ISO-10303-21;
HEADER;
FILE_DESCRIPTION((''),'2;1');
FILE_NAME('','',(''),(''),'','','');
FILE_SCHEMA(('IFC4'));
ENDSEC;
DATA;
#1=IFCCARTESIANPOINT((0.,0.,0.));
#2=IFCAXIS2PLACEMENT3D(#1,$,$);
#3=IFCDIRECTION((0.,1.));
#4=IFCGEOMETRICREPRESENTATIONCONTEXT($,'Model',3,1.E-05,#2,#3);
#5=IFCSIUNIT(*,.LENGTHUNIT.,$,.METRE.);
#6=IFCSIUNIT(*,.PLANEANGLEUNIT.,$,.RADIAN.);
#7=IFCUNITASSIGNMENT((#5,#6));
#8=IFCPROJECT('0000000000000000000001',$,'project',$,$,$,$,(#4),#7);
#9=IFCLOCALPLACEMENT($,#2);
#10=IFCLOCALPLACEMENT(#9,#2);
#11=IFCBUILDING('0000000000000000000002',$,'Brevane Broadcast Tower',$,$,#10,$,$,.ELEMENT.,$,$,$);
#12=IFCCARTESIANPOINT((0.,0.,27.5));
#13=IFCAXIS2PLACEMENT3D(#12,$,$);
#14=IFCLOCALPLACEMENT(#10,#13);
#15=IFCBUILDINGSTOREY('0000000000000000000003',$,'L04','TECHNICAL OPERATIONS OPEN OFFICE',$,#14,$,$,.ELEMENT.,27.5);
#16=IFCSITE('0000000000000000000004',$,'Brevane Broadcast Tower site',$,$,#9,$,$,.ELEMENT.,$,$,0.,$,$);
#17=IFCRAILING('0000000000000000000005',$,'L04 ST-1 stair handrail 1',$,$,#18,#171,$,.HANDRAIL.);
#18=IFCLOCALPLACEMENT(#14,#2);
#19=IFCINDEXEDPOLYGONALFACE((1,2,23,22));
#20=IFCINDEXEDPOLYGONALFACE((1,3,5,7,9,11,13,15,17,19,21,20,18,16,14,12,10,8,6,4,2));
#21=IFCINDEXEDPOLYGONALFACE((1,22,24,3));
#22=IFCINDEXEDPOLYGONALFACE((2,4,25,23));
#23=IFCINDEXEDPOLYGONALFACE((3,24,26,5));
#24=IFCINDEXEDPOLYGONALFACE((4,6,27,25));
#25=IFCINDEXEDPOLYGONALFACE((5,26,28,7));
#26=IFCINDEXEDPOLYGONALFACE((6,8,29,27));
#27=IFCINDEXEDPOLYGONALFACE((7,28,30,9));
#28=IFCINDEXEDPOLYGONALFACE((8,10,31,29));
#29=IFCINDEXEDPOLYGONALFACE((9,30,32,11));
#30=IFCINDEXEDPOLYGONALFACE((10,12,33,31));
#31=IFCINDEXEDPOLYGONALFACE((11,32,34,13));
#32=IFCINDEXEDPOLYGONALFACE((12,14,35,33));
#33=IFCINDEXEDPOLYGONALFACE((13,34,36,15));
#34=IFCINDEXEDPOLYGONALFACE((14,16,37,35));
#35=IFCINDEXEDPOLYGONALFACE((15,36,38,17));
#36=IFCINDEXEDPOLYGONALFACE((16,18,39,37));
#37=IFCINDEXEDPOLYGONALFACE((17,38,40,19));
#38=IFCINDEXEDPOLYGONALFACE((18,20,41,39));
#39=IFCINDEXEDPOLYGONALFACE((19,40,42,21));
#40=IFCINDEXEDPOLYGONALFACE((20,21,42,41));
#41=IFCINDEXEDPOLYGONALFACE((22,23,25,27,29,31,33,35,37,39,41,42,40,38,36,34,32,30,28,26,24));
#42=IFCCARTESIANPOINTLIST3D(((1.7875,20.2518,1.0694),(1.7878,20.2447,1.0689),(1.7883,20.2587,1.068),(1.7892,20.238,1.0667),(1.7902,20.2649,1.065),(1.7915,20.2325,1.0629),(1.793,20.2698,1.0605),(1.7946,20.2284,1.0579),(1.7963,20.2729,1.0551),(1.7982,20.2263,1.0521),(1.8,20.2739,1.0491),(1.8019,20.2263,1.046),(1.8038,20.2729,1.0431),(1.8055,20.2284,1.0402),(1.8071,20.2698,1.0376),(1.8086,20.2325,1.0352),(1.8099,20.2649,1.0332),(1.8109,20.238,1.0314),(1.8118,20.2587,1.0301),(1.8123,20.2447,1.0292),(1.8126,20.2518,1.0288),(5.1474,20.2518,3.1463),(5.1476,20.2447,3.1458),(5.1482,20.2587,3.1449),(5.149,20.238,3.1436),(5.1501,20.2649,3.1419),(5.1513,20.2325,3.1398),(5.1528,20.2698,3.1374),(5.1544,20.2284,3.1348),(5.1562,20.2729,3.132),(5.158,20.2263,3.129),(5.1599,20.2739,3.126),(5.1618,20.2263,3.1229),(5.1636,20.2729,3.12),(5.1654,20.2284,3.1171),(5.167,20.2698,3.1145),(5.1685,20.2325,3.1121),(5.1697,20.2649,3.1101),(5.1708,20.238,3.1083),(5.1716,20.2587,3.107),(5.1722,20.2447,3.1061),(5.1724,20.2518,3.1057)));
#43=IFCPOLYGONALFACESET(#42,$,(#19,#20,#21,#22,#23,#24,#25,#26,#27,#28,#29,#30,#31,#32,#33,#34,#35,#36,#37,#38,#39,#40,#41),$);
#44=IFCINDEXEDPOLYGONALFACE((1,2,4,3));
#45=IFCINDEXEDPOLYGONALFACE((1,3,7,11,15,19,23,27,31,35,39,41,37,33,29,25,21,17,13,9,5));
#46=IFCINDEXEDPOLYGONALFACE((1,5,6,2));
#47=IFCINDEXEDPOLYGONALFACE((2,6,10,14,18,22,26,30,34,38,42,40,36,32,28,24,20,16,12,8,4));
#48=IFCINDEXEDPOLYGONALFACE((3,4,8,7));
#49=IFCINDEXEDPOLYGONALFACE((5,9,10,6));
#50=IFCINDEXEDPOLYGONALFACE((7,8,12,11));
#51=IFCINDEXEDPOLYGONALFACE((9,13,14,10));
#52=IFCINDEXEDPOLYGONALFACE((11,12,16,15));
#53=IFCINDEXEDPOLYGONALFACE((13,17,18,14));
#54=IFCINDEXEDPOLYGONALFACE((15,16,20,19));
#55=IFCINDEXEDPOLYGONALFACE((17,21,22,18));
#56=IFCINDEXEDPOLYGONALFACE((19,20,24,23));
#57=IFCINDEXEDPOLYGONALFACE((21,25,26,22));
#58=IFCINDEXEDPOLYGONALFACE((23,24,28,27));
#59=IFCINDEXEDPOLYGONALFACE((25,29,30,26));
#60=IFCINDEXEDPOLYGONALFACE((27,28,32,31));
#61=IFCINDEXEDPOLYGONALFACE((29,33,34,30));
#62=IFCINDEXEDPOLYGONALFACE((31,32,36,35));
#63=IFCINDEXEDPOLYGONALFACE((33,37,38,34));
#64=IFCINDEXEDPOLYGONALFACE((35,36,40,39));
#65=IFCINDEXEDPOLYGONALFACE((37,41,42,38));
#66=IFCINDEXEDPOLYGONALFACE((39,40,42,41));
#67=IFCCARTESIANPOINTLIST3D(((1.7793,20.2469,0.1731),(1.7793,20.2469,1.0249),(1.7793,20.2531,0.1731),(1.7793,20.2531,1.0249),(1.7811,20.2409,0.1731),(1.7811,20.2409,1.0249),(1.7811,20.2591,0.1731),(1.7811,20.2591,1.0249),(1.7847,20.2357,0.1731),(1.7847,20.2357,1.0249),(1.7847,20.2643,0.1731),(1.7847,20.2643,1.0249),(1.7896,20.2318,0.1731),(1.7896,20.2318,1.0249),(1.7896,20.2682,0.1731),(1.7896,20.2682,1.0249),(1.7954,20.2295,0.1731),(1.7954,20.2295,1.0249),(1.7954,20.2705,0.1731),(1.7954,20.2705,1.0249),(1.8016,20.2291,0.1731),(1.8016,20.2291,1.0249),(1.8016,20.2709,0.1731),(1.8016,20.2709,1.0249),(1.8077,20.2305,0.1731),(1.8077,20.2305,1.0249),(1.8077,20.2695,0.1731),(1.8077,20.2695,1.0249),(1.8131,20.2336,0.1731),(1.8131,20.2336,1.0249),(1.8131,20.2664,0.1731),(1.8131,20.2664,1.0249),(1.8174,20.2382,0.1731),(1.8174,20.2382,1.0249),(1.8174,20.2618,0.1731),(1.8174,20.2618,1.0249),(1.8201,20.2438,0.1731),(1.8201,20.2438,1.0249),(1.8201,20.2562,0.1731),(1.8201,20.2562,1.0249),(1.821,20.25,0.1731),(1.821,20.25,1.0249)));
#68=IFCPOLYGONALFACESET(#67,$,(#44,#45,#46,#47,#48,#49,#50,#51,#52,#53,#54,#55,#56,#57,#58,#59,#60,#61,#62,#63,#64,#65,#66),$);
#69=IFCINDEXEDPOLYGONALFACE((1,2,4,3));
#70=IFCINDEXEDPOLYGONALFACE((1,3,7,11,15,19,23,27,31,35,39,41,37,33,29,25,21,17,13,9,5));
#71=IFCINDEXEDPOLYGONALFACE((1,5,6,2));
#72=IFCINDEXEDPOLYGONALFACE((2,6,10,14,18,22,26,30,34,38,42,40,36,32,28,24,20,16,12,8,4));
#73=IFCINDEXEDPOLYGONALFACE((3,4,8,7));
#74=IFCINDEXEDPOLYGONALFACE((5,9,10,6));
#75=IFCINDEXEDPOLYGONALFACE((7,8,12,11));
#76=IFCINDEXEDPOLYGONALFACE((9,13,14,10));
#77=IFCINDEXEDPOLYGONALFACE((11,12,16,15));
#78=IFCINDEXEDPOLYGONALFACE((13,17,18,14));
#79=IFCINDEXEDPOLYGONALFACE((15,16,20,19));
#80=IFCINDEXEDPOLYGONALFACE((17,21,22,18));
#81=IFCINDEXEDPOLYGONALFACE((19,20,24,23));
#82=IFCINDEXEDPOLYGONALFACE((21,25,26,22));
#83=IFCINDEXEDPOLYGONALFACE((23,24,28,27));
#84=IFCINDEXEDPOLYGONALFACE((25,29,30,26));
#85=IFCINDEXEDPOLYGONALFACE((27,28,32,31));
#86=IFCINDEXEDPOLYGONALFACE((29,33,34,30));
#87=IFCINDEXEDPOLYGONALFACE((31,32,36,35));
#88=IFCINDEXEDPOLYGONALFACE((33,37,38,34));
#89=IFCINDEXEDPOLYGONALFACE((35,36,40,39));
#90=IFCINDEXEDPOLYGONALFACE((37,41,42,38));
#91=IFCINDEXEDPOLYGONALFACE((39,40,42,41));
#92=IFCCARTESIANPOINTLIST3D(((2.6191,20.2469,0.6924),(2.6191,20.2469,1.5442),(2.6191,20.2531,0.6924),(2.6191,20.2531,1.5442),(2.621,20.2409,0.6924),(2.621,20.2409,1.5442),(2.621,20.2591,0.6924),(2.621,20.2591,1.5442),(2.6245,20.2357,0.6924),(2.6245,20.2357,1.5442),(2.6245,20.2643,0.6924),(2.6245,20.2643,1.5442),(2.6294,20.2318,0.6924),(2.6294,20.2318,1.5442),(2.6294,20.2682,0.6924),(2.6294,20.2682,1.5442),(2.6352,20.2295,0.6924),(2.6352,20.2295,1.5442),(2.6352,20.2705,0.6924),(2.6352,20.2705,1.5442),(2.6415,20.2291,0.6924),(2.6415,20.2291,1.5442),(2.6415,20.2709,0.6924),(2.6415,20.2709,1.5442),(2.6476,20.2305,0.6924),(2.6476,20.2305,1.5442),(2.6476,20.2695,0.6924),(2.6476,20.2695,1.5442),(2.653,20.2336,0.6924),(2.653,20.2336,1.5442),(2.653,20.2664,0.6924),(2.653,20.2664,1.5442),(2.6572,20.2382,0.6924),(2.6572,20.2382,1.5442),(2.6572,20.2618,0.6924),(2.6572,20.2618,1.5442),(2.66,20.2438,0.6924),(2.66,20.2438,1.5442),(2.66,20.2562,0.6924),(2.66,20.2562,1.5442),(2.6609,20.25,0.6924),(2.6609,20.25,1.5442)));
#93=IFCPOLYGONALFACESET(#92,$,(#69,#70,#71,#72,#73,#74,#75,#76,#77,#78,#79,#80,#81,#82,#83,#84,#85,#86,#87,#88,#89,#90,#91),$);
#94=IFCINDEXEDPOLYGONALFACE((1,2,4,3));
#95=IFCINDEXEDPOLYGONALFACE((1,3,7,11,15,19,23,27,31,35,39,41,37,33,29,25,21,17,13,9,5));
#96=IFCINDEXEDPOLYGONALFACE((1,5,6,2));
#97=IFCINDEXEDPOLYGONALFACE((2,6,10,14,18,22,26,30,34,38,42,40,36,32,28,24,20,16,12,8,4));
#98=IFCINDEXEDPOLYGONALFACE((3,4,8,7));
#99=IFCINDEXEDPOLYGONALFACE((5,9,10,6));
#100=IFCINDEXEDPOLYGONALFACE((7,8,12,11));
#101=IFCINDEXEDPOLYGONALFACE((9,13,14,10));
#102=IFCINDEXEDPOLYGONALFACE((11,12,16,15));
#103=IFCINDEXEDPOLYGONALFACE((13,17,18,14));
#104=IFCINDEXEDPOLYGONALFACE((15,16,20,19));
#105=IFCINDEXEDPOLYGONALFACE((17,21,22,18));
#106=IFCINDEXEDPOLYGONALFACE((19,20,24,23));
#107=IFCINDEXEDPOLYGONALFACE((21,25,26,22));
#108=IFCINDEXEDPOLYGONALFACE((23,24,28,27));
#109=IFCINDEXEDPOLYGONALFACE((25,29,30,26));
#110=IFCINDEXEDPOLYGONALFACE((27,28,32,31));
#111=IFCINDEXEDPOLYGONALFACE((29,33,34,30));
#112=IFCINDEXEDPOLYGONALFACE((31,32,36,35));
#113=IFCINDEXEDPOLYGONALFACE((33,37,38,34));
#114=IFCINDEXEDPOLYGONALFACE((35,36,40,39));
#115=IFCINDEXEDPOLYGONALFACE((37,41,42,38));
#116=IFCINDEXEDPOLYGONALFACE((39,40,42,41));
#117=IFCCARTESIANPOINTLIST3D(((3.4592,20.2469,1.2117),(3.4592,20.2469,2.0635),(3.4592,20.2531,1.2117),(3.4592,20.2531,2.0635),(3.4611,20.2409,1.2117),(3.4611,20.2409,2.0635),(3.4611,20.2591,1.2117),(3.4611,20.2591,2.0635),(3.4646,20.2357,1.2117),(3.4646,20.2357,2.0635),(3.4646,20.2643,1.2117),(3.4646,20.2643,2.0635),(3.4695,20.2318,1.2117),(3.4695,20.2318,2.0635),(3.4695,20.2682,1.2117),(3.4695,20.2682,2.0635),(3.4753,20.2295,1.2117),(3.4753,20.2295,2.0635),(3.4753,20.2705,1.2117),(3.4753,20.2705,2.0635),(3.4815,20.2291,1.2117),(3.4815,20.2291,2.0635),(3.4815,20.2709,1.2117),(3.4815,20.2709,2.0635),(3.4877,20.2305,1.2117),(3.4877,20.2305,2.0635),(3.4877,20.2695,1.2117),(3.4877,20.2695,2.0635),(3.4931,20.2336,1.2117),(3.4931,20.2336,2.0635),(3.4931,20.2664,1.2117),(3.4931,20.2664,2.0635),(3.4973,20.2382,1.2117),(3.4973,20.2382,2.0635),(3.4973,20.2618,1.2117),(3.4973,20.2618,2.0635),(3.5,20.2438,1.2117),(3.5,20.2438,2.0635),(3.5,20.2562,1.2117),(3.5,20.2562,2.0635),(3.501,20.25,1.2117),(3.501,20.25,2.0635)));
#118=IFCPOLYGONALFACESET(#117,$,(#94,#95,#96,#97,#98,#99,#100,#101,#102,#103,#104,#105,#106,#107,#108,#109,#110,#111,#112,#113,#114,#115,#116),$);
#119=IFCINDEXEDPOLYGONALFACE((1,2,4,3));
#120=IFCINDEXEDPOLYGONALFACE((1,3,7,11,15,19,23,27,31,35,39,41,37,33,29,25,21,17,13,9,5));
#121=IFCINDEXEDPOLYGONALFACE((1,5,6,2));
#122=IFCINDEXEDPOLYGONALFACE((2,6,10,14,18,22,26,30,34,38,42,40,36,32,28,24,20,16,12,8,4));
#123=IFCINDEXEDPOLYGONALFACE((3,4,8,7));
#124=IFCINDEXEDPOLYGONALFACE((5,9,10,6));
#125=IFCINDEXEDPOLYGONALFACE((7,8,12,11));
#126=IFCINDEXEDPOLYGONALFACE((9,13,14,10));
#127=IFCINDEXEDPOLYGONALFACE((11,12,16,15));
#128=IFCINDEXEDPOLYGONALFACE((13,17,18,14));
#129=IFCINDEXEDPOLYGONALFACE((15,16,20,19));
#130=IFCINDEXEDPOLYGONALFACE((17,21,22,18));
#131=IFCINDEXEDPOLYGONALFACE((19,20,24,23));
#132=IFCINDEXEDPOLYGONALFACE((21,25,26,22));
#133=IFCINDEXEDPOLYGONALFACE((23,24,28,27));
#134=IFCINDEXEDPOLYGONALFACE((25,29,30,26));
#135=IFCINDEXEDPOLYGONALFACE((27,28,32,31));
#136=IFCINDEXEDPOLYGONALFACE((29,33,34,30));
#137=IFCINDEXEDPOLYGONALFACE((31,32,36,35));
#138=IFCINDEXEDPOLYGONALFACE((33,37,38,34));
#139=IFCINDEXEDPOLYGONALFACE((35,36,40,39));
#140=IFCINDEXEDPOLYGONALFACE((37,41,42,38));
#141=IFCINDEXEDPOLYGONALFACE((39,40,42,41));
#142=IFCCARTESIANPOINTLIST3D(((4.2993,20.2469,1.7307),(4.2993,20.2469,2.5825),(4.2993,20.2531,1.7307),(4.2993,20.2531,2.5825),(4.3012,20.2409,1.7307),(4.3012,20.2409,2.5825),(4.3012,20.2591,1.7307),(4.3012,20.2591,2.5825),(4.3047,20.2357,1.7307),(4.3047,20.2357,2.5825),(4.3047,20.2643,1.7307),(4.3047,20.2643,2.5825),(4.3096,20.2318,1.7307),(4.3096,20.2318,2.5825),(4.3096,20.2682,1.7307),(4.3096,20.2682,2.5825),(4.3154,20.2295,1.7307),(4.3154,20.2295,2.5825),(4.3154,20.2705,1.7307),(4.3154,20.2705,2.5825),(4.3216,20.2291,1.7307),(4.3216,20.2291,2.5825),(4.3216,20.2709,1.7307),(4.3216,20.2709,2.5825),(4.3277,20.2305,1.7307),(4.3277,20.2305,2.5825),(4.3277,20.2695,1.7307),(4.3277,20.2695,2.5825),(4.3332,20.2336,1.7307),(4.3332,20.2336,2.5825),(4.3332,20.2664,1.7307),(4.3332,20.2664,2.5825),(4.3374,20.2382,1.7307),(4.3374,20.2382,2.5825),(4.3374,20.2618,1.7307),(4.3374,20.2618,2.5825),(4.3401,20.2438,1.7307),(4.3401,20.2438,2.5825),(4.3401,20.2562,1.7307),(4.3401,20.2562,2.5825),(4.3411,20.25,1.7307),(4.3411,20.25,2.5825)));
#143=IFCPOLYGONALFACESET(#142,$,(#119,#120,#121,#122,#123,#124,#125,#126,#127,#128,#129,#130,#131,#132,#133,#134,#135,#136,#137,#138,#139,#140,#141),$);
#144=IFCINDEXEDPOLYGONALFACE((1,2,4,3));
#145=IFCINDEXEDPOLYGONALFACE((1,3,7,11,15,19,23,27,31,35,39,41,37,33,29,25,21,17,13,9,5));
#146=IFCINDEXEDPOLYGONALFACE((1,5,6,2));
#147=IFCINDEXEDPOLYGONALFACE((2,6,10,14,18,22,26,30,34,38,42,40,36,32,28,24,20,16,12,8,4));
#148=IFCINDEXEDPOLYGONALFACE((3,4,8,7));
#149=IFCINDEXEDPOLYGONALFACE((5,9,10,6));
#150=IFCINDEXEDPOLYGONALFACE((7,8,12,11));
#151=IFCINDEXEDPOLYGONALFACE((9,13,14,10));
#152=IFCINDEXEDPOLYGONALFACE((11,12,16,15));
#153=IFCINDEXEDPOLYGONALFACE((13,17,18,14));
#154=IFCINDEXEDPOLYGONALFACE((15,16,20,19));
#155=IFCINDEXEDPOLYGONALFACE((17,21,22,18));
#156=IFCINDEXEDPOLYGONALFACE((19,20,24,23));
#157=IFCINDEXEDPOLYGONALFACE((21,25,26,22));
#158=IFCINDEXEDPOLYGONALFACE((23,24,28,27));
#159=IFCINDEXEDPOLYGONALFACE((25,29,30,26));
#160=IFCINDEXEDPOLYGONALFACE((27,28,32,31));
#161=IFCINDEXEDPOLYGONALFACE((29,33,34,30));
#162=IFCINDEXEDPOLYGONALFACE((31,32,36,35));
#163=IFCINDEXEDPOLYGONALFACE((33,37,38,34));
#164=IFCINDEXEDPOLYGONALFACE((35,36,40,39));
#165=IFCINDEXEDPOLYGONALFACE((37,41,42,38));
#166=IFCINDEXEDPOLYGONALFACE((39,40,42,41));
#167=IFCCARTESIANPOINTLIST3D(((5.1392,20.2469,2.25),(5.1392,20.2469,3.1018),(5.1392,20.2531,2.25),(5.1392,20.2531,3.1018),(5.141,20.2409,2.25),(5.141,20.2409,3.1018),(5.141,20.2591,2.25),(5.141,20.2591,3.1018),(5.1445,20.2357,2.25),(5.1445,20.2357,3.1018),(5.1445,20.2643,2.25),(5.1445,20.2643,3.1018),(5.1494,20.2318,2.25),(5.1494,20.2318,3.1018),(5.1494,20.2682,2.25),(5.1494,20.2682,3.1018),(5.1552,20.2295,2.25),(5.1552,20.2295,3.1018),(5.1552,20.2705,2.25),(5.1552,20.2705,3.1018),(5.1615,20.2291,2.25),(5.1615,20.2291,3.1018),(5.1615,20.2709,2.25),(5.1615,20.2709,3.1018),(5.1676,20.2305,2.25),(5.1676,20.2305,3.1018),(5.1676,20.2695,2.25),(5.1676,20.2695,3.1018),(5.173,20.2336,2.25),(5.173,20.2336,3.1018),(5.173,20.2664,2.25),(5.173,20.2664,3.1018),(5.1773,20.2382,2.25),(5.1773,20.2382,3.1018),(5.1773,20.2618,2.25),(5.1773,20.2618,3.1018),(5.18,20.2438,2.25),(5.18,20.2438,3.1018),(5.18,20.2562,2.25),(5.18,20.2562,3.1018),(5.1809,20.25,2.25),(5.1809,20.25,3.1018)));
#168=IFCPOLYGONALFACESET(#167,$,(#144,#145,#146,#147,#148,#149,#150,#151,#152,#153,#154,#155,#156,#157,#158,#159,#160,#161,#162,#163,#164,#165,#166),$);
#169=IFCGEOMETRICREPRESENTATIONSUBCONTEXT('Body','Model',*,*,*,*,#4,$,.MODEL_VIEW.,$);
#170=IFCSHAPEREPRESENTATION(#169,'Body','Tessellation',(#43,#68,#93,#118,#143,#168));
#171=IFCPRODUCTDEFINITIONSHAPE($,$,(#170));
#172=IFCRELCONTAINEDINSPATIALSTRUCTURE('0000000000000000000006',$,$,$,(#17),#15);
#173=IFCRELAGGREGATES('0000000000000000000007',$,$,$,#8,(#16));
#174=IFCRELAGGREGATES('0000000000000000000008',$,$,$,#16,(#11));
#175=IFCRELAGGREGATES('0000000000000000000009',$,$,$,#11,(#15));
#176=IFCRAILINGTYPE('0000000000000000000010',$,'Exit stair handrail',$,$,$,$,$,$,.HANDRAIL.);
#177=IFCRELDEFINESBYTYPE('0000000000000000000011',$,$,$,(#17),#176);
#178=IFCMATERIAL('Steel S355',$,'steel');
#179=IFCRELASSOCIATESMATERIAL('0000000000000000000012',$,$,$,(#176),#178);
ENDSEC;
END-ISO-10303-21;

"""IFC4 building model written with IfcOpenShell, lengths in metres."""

from ifc_helpers import new_model, si_unit, direction, frame, origin, origin_2d, place, context, subcontext, project, spatial, circle, extrude, material, type_object, element, save


model = new_model("IFC4")

# Units and contexts
model_context = context("Model", 3, precision=1e-05, world=origin(), true_north=direction((0.0, 1.0)))
body_context = subcontext(model_context, "Body", "Model", "MODEL_VIEW")
ifc_project = project(units=[si_unit("LENGTHUNIT", "METRE"), si_unit("PLANEANGLEUNIT", "RADIAN")], contexts=[model_context])

# Site, building, storey
site_placement = place(None, origin())
site = spatial("IfcSite", under=ifc_project, at=site_placement, Name="Brevane Broadcast Tower site", CompositionType="ELEMENT", RefElevation=0.0)
building_placement = place(site_placement, origin())
building = spatial("IfcBuilding", under=site, at=building_placement, Name="Brevane Broadcast Tower", CompositionType="ELEMENT")
storey_placement = place(building_placement, frame((0.0, 0.0, 27.5)))
storey = spatial("IfcBuildingStorey", under=building, at=storey_placement, Name="L04", Description="TECHNICAL OPERATIONS OPEN OFFICE", CompositionType="ELEMENT", Elevation=27.5)

# Railing
ifc_material_1 = material(Name="Steel S355", Category="steel")
railing_type_1 = type_object("IfcRailingType", Name="Exit stair handrail", PredefinedType="HANDRAIL", material=ifc_material_1)
railing_1_placement = place(storey_placement, frame((1.8, 20.25, 0.1731)))
element("IfcRailing", 1, at=railing_1_placement, inside=storey, type_object=railing_type_1, Name="L04 ST-1 stair handrail 1", PredefinedType="HANDRAIL", context=body_context, shape_type="SweptSolid", body=[
    extrude(circle(Radius=0.0239, at=origin_2d()), frame((0.0, 0.0, 0.876), z_axis=(0.850606, 0.0, 0.525803), x_axis=(0.0, 1.0, 0.0)), (0.0, 0.0, 1.0), 3.95),
    extrude(circle(Radius=0.021, at=origin_2d()), origin(), (0.0, 0.0, 1.0), 0.8518),
    extrude(circle(Radius=0.021, at=origin_2d()), frame((0.8398, 0.0, 0.5193)), (0.0, 0.0, 1.0), 0.8518),
    extrude(circle(Radius=0.021, at=origin_2d()), frame((1.6799, 0.0, 1.0386)), (0.0, 0.0, 1.0), 0.8518),
    extrude(circle(Radius=0.021, at=origin_2d()), frame((2.52, 0.0, 1.5576)), (0.0, 0.0, 1.0), 0.8518),
    extrude(circle(Radius=0.021, at=origin_2d()), frame((3.3599, 0.0, 2.0769)), (0.0, 0.0, 1.0), 0.8518),
])

save(model, "model.ifc")
